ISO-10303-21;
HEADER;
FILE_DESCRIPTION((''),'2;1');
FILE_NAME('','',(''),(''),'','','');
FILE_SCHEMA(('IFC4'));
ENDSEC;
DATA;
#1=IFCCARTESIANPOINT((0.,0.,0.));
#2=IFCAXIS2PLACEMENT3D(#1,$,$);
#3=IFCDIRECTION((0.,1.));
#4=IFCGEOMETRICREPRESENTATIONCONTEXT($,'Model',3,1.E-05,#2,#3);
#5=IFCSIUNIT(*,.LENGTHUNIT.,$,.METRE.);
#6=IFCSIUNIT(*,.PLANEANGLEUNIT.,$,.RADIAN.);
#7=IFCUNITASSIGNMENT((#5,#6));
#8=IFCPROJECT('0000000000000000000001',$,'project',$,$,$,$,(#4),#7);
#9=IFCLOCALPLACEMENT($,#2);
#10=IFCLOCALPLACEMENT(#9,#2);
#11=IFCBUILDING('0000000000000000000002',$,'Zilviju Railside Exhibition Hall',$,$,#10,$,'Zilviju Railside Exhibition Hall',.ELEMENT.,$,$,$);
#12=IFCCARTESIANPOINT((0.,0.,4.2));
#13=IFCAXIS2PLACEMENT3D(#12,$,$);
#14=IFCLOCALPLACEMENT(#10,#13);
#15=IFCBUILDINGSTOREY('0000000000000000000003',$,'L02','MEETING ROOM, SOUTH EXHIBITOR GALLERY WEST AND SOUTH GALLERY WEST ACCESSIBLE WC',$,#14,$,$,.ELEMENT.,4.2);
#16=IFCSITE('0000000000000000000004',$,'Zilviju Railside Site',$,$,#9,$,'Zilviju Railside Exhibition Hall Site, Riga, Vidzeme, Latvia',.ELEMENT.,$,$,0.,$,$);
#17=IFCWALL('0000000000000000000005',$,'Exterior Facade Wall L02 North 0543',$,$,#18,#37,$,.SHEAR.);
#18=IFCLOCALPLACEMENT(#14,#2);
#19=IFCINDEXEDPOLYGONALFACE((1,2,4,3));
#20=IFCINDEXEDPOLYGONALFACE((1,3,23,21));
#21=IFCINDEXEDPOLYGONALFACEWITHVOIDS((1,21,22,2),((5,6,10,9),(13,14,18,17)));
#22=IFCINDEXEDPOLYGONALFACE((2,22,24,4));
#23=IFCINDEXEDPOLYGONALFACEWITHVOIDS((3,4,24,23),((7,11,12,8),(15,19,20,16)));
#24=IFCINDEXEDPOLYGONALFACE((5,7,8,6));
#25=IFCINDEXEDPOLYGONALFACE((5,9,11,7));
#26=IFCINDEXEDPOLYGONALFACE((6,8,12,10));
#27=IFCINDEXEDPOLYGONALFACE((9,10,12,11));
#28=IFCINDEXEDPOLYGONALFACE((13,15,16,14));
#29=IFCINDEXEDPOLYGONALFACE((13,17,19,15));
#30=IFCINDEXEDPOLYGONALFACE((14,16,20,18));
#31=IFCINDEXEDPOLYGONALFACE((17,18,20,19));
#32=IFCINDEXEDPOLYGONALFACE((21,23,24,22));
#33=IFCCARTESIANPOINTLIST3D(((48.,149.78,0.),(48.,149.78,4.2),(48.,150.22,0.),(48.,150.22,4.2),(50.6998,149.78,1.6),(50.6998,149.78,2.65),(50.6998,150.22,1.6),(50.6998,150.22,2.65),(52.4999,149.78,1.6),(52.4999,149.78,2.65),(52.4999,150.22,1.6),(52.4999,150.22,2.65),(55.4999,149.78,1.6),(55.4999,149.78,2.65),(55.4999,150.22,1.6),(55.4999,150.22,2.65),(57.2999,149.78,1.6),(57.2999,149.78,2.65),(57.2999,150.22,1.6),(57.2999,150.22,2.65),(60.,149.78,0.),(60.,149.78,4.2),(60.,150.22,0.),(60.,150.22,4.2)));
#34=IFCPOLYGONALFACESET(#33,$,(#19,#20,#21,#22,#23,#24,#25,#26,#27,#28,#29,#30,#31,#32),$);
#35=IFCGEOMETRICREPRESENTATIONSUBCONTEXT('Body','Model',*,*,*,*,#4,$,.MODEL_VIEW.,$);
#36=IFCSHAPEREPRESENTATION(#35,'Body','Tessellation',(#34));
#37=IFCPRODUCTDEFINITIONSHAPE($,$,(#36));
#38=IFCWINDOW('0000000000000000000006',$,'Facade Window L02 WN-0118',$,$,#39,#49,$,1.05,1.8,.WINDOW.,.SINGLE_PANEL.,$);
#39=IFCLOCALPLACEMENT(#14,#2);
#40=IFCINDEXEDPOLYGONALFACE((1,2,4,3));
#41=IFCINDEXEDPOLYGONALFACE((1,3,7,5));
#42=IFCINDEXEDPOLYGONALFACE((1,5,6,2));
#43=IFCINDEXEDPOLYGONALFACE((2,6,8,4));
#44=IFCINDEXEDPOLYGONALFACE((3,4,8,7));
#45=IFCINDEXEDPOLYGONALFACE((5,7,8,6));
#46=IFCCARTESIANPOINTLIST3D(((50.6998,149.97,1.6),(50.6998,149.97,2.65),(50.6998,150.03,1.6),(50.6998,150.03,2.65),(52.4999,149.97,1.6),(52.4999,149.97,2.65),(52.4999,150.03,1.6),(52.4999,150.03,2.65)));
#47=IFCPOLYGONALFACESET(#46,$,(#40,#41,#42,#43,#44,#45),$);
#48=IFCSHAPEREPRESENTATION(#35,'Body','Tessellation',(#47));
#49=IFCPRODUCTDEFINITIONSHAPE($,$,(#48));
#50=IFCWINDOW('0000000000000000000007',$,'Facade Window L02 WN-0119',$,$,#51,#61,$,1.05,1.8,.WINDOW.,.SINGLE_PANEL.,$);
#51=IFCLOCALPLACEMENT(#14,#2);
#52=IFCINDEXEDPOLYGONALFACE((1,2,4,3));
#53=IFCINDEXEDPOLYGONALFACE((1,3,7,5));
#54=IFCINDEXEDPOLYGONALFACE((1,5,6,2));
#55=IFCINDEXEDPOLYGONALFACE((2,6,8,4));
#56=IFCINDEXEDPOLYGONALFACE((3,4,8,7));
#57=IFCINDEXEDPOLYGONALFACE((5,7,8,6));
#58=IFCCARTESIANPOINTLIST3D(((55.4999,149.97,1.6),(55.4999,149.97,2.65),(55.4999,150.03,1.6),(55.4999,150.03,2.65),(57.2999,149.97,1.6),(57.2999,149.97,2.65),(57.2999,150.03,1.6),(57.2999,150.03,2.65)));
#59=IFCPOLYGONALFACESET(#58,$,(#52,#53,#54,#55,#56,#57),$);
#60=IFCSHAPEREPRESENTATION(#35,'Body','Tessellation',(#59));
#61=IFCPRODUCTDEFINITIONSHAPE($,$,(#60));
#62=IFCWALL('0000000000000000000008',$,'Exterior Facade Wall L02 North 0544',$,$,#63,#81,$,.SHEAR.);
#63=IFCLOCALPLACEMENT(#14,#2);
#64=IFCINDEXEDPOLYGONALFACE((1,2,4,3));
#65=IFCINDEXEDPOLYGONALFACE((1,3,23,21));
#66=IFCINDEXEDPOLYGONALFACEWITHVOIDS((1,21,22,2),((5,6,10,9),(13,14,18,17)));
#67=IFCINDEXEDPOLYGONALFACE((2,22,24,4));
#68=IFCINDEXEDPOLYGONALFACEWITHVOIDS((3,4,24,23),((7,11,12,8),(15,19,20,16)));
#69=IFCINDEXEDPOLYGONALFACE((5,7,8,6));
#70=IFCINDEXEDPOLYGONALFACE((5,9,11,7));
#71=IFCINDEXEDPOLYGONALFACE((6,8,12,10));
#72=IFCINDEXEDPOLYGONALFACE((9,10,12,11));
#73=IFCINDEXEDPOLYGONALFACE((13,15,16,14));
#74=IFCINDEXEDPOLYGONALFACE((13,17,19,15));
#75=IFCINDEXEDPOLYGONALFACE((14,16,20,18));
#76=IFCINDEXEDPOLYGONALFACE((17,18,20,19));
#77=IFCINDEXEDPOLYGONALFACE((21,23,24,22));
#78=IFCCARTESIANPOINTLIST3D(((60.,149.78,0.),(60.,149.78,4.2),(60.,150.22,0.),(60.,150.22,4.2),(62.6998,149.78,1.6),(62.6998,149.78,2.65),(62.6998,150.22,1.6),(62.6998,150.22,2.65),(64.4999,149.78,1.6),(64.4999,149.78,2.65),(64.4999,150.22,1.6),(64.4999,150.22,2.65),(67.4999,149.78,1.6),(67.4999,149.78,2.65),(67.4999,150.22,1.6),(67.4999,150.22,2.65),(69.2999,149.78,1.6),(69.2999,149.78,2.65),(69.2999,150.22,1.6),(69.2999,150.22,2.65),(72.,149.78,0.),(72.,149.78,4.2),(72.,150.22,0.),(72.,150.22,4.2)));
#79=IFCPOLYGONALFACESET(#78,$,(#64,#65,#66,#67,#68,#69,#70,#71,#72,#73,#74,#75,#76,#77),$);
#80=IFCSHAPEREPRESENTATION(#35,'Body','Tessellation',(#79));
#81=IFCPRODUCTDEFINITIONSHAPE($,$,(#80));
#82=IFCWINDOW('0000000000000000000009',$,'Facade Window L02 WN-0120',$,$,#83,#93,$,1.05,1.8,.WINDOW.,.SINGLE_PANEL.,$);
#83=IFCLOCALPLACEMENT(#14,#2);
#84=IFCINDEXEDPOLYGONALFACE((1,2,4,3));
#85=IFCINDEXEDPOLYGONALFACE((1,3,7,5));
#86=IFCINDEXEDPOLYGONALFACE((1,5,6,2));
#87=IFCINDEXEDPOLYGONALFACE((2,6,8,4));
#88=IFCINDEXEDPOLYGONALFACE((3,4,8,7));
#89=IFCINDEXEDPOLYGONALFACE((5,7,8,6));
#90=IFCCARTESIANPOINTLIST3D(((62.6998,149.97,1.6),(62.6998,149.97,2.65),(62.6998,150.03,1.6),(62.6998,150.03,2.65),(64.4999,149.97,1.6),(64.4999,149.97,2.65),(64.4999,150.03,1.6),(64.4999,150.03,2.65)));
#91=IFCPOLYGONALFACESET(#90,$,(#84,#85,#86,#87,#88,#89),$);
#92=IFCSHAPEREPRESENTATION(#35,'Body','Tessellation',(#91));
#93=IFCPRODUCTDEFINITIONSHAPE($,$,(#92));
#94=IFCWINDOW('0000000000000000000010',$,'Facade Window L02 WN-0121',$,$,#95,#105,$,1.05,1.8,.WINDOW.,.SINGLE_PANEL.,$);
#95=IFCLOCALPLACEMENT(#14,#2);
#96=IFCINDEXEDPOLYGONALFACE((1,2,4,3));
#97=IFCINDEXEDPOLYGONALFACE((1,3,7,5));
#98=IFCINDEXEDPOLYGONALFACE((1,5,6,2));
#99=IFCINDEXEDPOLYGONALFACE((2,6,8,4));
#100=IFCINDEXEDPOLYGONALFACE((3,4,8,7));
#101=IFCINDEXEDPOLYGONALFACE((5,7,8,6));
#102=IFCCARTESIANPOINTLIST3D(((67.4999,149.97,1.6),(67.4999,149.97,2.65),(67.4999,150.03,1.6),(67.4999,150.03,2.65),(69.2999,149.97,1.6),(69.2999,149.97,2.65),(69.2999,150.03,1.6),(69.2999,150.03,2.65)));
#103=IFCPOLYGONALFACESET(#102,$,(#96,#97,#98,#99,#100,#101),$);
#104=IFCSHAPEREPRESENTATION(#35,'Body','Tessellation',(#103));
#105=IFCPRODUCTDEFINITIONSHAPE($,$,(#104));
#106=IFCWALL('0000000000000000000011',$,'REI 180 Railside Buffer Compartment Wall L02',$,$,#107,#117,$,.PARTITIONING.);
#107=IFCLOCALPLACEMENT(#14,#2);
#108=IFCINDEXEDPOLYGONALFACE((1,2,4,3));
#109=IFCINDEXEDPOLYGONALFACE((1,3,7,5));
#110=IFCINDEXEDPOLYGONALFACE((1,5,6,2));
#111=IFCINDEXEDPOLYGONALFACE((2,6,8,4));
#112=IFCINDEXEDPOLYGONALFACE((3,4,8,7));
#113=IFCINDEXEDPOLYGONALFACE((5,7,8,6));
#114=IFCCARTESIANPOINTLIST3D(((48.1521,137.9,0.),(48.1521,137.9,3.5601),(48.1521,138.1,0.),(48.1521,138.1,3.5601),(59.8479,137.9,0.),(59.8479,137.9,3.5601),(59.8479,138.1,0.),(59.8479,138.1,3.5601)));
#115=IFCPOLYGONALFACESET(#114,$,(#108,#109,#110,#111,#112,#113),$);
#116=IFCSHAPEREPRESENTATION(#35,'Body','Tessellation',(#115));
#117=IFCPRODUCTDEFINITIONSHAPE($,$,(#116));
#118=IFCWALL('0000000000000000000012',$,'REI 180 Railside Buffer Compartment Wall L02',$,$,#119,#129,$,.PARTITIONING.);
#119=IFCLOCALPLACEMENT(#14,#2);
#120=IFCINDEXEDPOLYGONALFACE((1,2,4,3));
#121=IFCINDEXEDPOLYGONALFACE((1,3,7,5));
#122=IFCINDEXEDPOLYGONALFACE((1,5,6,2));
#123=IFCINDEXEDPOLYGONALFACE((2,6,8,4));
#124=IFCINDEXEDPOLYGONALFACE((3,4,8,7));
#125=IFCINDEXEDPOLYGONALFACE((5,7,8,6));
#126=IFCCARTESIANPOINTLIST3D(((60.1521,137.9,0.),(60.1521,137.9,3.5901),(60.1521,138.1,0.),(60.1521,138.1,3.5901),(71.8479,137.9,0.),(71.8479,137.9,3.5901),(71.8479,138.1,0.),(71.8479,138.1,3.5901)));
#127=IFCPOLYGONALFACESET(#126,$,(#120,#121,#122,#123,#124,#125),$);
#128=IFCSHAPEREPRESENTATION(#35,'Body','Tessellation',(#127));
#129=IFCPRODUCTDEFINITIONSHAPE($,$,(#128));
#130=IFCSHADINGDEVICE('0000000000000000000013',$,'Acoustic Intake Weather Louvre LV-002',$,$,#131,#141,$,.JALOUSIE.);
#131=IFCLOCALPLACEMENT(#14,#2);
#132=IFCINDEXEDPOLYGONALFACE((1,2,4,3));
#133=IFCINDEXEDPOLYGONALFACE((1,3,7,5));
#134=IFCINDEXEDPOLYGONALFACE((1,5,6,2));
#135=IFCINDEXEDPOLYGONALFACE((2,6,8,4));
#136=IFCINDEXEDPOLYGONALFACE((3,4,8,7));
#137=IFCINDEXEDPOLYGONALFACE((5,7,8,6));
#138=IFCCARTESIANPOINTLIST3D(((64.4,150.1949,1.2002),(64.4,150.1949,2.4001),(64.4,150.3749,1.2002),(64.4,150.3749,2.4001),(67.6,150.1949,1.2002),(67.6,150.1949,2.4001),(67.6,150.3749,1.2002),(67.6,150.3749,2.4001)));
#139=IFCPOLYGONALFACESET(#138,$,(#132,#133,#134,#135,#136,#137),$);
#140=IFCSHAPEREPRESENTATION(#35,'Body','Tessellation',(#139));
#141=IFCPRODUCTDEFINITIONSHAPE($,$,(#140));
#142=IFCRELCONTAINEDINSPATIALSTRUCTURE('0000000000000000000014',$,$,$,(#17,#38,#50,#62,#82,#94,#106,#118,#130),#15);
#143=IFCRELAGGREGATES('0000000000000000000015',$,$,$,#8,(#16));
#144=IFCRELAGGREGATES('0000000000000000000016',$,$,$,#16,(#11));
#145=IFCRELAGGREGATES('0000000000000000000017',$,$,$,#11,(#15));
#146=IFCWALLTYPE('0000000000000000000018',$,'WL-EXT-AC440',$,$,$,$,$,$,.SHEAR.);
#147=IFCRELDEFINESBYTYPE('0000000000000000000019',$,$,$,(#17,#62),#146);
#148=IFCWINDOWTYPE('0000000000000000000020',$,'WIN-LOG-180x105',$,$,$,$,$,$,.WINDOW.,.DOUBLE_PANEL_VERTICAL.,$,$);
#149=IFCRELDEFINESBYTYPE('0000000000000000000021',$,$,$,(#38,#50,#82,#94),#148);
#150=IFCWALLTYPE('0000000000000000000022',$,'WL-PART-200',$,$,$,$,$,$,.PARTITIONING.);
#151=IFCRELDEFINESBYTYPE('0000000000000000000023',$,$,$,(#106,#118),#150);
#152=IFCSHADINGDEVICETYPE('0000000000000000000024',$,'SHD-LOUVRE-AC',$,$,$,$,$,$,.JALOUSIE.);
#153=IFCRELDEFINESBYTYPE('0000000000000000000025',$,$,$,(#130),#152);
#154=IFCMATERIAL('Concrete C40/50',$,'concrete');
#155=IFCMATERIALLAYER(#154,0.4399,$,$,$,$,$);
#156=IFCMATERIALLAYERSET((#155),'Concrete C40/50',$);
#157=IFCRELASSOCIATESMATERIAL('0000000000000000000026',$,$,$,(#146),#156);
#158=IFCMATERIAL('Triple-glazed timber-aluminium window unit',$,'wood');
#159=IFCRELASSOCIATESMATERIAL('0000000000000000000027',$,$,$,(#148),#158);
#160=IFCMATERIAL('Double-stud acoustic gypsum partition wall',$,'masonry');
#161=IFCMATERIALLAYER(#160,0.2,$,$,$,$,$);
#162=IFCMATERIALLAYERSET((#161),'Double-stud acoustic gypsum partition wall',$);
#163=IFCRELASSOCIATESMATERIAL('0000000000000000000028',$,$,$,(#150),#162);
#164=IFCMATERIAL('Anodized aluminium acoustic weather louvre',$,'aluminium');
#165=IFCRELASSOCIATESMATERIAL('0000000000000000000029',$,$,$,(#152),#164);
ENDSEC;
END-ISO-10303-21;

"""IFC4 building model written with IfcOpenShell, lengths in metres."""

from ifc_helpers import new_model, si_unit, direction, frame, frame_2d, origin, origin_2d, place, context, subcontext, project, spatial, rectangle, extrude, material, layer, layer_set, type_object, element, fill, save


model = new_model("IFC4")

# Units and contexts
model_context = context("Model", 3, precision=1e-05, world=origin(), true_north=direction((0.0, 1.0)))
body_context = subcontext(model_context, "Body", "Model", "MODEL_VIEW")
ifc_project = project(units=[si_unit("LENGTHUNIT", "METRE"), si_unit("PLANEANGLEUNIT", "RADIAN")], contexts=[model_context])

# Site, building, storey
site_placement = place(None, origin())
site = spatial("IfcSite", under=ifc_project, at=site_placement, Name="Zilviju Railside Site", LongName="Zilviju Railside Exhibition Hall Site, Riga, Vidzeme, Latvia", CompositionType="ELEMENT", RefElevation=0.0)
building_placement = place(site_placement, origin())
building = spatial("IfcBuilding", under=site, at=building_placement, Name="Zilviju Railside Exhibition Hall", LongName="Zilviju Railside Exhibition Hall", CompositionType="ELEMENT")
storey_placement = place(building_placement, frame((0.0, 0.0, 4.2)))
storey = spatial("IfcBuildingStorey", under=building, at=storey_placement, Name="L02", Description="MEETING ROOM, SOUTH EXHIBITOR GALLERY WEST AND SOUTH GALLERY WEST ACCESSIBLE WC", CompositionType="ELEMENT", Elevation=4.2)

# Shared definitions
ifc_material_1 = material(Name="Concrete C40/50", Category="concrete")

# Walls, openings, windows
ifc_layer_1 = layer(ifc_material_1, 0.4399)
ifc_layer_set_1 = layer_set([ifc_layer_1], Name="Concrete C40/50")
wall_type_1 = type_object("IfcWallType", Name="WL-EXT-AC440", PredefinedType="SHEAR", material=ifc_layer_set_1)
wall_1_placement = place(storey_placement, frame((48.0, 150.0, 0.0), z_axis=(0.0, 0.0, 1.0), x_axis=(1.0, 0.0, 0.0)))
wall_1 = element("IfcWall", 1, at=wall_1_placement, inside=storey, type_object=wall_type_1, Name="Exterior Facade Wall L02 North 0543", PredefinedType="SHEAR", context=body_context, shape_type="SweptSolid", body=[
    extrude(rectangle(XDim=12.0, YDim=0.4399, at=frame_2d((6.0, 0.0))), origin(), (0.0, 0.0, 1.0), 4.2),
])
opening_1_placement = place(wall_1_placement, frame((2.7, 0.0, 1.6001)))
opening_1 = element("IfcOpeningElement", 2, at=opening_1_placement, cuts=wall_1, PredefinedType="OPENING", context=body_context, shape_type="SweptSolid", body=[
    extrude(rectangle(XDim=1.8, YDim=1.05, at=frame_2d((0.8999, 0.5249))), frame((0.0, 0.23, 0.0), z_axis=(0.0, -1.0, 0.0), x_axis=(1.0, 0.0, 0.0)), (0.0, 0.0, 1.0), 0.46),
])
opening_2_placement = place(wall_1_placement, frame((7.5, 0.0, 1.6001)))
opening_2 = element("IfcOpeningElement", 3, at=opening_2_placement, cuts=wall_1, PredefinedType="OPENING", context=body_context, shape_type="SweptSolid", body=[
    extrude(rectangle(XDim=1.8, YDim=1.05, at=frame_2d((0.8999, 0.5249))), frame((0.0, 0.23, 0.0), z_axis=(0.0, -1.0, 0.0), x_axis=(1.0, 0.0, 0.0)), (0.0, 0.0, 1.0), 0.46),
])
ifc_material_2 = material(Name="Triple-glazed timber-aluminium window unit", Category="wood")
window_type = type_object("IfcWindowType", Name="WIN-LOG-180x105", PartitioningType="DOUBLE_PANEL_VERTICAL", PredefinedType="WINDOW", material=ifc_material_2)
window_1_placement = place(opening_1_placement, origin())
window_1 = element("IfcWindow", 4, at=window_1_placement, inside=storey, type_object=window_type, Name="Facade Window L02 WN-0118", OverallHeight=1.05, OverallWidth=1.8, PartitioningType="SINGLE_PANEL", PredefinedType="WINDOW", context=body_context, shape_type="SweptSolid", body=[
    extrude(rectangle(XDim=1.8, YDim=1.05, at=frame_2d((0.8999, 0.5249))), frame((0.0, 0.03, 0.0), z_axis=(0.0, -1.0, 0.0), x_axis=(1.0, 0.0, 0.0)), (0.0, 0.0, 1.0), 0.0601),
])
fill(opening_1, window_1)
window_2_placement = place(opening_2_placement, origin())
window_2 = element("IfcWindow", 5, at=window_2_placement, inside=storey, type_object=window_type, Name="Facade Window L02 WN-0119", OverallHeight=1.05, OverallWidth=1.8, PartitioningType="SINGLE_PANEL", PredefinedType="WINDOW", context=body_context, shape_type="SweptSolid", body=[
    extrude(rectangle(XDim=1.8, YDim=1.05, at=frame_2d((0.8999, 0.5249))), frame((0.0, 0.03, 0.0), z_axis=(0.0, -1.0, 0.0), x_axis=(1.0, 0.0, 0.0)), (0.0, 0.0, 1.0), 0.0601),
])
fill(opening_2, window_2)
wall_2_placement = place(storey_placement, frame((60.0, 150.0, 0.0), z_axis=(0.0, 0.0, 1.0), x_axis=(1.0, 0.0, 0.0)))
wall_2 = element("IfcWall", 6, at=wall_2_placement, inside=storey, type_object=wall_type_1, Name="Exterior Facade Wall L02 North 0544", PredefinedType="SHEAR", context=body_context, shape_type="SweptSolid", body=[
    extrude(rectangle(XDim=12.0, YDim=0.4399, at=frame_2d((6.0, 0.0))), origin(), (0.0, 0.0, 1.0), 4.2),
])
opening_3_placement = place(wall_2_placement, frame((2.7, 0.0, 1.6001)))
opening_3 = element("IfcOpeningElement", 7, at=opening_3_placement, cuts=wall_2, PredefinedType="OPENING", context=body_context, shape_type="SweptSolid", body=[
    extrude(rectangle(XDim=1.8, YDim=1.05, at=frame_2d((0.8999, 0.5249))), frame((0.0, 0.23, 0.0), z_axis=(0.0, -1.0, 0.0), x_axis=(1.0, 0.0, 0.0)), (0.0, 0.0, 1.0), 0.46),
])
opening_4_placement = place(wall_2_placement, frame((7.5, 0.0, 1.6001)))
opening_4 = element("IfcOpeningElement", 8, at=opening_4_placement, cuts=wall_2, PredefinedType="OPENING", context=body_context, shape_type="SweptSolid", body=[
    extrude(rectangle(XDim=1.8, YDim=1.05, at=frame_2d((0.8999, 0.5249))), frame((0.0, 0.23, 0.0), z_axis=(0.0, -1.0, 0.0), x_axis=(1.0, 0.0, 0.0)), (0.0, 0.0, 1.0), 0.46),
])
window_3_placement = place(opening_3_placement, origin())
window_3 = element("IfcWindow", 9, at=window_3_placement, inside=storey, type_object=window_type, Name="Facade Window L02 WN-0120", OverallHeight=1.05, OverallWidth=1.8, PartitioningType="SINGLE_PANEL", PredefinedType="WINDOW", context=body_context, shape_type="SweptSolid", body=[
    extrude(rectangle(XDim=1.8, YDim=1.05, at=frame_2d((0.8999, 0.5249))), frame((0.0, 0.03, 0.0), z_axis=(0.0, -1.0, 0.0), x_axis=(1.0, 0.0, 0.0)), (0.0, 0.0, 1.0), 0.0601),
])
fill(opening_3, window_3)
window_4_placement = place(opening_4_placement, origin())
window_4 = element("IfcWindow", 10, at=window_4_placement, inside=storey, type_object=window_type, Name="Facade Window L02 WN-0121", OverallHeight=1.05, OverallWidth=1.8, PartitioningType="SINGLE_PANEL", PredefinedType="WINDOW", context=body_context, shape_type="SweptSolid", body=[
    extrude(rectangle(XDim=1.8, YDim=1.05, at=frame_2d((0.8999, 0.5249))), frame((0.0, 0.03, 0.0), z_axis=(0.0, -1.0, 0.0), x_axis=(1.0, 0.0, 0.0)), (0.0, 0.0, 1.0), 0.0601),
])
fill(opening_4, window_4)

# Walls
ifc_material_3 = material(Name="Double-stud acoustic gypsum partition wall", Category="masonry")
ifc_layer_2 = layer(ifc_material_3, 0.2)
ifc_layer_set_2 = layer_set([ifc_layer_2], Name="Double-stud acoustic gypsum partition wall")
wall_type_2 = type_object("IfcWallType", Name="WL-PART-200", PredefinedType="PARTITIONING", material=ifc_layer_set_2)
wall_3_placement = place(storey_placement, frame((48.1521, 138.0, 0.0), z_axis=(0.0, 0.0, 1.0), x_axis=(1.0, 0.0, 0.0)))
element("IfcWall", 11, at=wall_3_placement, inside=storey, type_object=wall_type_2, Name="REI 180 Railside Buffer Compartment Wall L02", PredefinedType="PARTITIONING", context=body_context, shape_type="SweptSolid", body=[
    extrude(rectangle(XDim=11.6958, YDim=0.2, at=frame_2d((5.8479, 0.0))), origin(), (0.0, 0.0, 1.0), 3.5601),
])
wall_4_placement = place(storey_placement, frame((60.1521, 138.0, 0.0), z_axis=(0.0, 0.0, 1.0), x_axis=(1.0, 0.0, 0.0)))
element("IfcWall", 12, at=wall_4_placement, inside=storey, type_object=wall_type_2, Name="REI 180 Railside Buffer Compartment Wall L02", PredefinedType="PARTITIONING", context=body_context, shape_type="SweptSolid", body=[
    extrude(rectangle(XDim=11.6958, YDim=0.2, at=frame_2d((5.8479, 0.0))), origin(), (0.0, 0.0, 1.0), 3.5901),
])

# Shading device
ifc_material_4 = material(Name="Anodized aluminium acoustic weather louvre", Category="aluminium")
shading_device_type = type_object("IfcShadingDeviceType", Name="SHD-LOUVRE-AC", PredefinedType="JALOUSIE", material=ifc_material_4)
shading_device_placement = place(storey_placement, frame((66.0, 150.2849, 1.2002), z_axis=(0.0, 0.0, 1.0), x_axis=(1.0, 0.0, 0.0)))
element("IfcShadingDevice", 13, at=shading_device_placement, inside=storey, type_object=shading_device_type, Name="Acoustic Intake Weather Louvre LV-002", PredefinedType="JALOUSIE", context=body_context, shape_type="SweptSolid", body=[
    extrude(rectangle(XDim=3.2, YDim=0.1799, at=origin_2d()), origin(), (0.0, 0.0, 1.0), 1.2),
])

save(model, "model.ifc")
